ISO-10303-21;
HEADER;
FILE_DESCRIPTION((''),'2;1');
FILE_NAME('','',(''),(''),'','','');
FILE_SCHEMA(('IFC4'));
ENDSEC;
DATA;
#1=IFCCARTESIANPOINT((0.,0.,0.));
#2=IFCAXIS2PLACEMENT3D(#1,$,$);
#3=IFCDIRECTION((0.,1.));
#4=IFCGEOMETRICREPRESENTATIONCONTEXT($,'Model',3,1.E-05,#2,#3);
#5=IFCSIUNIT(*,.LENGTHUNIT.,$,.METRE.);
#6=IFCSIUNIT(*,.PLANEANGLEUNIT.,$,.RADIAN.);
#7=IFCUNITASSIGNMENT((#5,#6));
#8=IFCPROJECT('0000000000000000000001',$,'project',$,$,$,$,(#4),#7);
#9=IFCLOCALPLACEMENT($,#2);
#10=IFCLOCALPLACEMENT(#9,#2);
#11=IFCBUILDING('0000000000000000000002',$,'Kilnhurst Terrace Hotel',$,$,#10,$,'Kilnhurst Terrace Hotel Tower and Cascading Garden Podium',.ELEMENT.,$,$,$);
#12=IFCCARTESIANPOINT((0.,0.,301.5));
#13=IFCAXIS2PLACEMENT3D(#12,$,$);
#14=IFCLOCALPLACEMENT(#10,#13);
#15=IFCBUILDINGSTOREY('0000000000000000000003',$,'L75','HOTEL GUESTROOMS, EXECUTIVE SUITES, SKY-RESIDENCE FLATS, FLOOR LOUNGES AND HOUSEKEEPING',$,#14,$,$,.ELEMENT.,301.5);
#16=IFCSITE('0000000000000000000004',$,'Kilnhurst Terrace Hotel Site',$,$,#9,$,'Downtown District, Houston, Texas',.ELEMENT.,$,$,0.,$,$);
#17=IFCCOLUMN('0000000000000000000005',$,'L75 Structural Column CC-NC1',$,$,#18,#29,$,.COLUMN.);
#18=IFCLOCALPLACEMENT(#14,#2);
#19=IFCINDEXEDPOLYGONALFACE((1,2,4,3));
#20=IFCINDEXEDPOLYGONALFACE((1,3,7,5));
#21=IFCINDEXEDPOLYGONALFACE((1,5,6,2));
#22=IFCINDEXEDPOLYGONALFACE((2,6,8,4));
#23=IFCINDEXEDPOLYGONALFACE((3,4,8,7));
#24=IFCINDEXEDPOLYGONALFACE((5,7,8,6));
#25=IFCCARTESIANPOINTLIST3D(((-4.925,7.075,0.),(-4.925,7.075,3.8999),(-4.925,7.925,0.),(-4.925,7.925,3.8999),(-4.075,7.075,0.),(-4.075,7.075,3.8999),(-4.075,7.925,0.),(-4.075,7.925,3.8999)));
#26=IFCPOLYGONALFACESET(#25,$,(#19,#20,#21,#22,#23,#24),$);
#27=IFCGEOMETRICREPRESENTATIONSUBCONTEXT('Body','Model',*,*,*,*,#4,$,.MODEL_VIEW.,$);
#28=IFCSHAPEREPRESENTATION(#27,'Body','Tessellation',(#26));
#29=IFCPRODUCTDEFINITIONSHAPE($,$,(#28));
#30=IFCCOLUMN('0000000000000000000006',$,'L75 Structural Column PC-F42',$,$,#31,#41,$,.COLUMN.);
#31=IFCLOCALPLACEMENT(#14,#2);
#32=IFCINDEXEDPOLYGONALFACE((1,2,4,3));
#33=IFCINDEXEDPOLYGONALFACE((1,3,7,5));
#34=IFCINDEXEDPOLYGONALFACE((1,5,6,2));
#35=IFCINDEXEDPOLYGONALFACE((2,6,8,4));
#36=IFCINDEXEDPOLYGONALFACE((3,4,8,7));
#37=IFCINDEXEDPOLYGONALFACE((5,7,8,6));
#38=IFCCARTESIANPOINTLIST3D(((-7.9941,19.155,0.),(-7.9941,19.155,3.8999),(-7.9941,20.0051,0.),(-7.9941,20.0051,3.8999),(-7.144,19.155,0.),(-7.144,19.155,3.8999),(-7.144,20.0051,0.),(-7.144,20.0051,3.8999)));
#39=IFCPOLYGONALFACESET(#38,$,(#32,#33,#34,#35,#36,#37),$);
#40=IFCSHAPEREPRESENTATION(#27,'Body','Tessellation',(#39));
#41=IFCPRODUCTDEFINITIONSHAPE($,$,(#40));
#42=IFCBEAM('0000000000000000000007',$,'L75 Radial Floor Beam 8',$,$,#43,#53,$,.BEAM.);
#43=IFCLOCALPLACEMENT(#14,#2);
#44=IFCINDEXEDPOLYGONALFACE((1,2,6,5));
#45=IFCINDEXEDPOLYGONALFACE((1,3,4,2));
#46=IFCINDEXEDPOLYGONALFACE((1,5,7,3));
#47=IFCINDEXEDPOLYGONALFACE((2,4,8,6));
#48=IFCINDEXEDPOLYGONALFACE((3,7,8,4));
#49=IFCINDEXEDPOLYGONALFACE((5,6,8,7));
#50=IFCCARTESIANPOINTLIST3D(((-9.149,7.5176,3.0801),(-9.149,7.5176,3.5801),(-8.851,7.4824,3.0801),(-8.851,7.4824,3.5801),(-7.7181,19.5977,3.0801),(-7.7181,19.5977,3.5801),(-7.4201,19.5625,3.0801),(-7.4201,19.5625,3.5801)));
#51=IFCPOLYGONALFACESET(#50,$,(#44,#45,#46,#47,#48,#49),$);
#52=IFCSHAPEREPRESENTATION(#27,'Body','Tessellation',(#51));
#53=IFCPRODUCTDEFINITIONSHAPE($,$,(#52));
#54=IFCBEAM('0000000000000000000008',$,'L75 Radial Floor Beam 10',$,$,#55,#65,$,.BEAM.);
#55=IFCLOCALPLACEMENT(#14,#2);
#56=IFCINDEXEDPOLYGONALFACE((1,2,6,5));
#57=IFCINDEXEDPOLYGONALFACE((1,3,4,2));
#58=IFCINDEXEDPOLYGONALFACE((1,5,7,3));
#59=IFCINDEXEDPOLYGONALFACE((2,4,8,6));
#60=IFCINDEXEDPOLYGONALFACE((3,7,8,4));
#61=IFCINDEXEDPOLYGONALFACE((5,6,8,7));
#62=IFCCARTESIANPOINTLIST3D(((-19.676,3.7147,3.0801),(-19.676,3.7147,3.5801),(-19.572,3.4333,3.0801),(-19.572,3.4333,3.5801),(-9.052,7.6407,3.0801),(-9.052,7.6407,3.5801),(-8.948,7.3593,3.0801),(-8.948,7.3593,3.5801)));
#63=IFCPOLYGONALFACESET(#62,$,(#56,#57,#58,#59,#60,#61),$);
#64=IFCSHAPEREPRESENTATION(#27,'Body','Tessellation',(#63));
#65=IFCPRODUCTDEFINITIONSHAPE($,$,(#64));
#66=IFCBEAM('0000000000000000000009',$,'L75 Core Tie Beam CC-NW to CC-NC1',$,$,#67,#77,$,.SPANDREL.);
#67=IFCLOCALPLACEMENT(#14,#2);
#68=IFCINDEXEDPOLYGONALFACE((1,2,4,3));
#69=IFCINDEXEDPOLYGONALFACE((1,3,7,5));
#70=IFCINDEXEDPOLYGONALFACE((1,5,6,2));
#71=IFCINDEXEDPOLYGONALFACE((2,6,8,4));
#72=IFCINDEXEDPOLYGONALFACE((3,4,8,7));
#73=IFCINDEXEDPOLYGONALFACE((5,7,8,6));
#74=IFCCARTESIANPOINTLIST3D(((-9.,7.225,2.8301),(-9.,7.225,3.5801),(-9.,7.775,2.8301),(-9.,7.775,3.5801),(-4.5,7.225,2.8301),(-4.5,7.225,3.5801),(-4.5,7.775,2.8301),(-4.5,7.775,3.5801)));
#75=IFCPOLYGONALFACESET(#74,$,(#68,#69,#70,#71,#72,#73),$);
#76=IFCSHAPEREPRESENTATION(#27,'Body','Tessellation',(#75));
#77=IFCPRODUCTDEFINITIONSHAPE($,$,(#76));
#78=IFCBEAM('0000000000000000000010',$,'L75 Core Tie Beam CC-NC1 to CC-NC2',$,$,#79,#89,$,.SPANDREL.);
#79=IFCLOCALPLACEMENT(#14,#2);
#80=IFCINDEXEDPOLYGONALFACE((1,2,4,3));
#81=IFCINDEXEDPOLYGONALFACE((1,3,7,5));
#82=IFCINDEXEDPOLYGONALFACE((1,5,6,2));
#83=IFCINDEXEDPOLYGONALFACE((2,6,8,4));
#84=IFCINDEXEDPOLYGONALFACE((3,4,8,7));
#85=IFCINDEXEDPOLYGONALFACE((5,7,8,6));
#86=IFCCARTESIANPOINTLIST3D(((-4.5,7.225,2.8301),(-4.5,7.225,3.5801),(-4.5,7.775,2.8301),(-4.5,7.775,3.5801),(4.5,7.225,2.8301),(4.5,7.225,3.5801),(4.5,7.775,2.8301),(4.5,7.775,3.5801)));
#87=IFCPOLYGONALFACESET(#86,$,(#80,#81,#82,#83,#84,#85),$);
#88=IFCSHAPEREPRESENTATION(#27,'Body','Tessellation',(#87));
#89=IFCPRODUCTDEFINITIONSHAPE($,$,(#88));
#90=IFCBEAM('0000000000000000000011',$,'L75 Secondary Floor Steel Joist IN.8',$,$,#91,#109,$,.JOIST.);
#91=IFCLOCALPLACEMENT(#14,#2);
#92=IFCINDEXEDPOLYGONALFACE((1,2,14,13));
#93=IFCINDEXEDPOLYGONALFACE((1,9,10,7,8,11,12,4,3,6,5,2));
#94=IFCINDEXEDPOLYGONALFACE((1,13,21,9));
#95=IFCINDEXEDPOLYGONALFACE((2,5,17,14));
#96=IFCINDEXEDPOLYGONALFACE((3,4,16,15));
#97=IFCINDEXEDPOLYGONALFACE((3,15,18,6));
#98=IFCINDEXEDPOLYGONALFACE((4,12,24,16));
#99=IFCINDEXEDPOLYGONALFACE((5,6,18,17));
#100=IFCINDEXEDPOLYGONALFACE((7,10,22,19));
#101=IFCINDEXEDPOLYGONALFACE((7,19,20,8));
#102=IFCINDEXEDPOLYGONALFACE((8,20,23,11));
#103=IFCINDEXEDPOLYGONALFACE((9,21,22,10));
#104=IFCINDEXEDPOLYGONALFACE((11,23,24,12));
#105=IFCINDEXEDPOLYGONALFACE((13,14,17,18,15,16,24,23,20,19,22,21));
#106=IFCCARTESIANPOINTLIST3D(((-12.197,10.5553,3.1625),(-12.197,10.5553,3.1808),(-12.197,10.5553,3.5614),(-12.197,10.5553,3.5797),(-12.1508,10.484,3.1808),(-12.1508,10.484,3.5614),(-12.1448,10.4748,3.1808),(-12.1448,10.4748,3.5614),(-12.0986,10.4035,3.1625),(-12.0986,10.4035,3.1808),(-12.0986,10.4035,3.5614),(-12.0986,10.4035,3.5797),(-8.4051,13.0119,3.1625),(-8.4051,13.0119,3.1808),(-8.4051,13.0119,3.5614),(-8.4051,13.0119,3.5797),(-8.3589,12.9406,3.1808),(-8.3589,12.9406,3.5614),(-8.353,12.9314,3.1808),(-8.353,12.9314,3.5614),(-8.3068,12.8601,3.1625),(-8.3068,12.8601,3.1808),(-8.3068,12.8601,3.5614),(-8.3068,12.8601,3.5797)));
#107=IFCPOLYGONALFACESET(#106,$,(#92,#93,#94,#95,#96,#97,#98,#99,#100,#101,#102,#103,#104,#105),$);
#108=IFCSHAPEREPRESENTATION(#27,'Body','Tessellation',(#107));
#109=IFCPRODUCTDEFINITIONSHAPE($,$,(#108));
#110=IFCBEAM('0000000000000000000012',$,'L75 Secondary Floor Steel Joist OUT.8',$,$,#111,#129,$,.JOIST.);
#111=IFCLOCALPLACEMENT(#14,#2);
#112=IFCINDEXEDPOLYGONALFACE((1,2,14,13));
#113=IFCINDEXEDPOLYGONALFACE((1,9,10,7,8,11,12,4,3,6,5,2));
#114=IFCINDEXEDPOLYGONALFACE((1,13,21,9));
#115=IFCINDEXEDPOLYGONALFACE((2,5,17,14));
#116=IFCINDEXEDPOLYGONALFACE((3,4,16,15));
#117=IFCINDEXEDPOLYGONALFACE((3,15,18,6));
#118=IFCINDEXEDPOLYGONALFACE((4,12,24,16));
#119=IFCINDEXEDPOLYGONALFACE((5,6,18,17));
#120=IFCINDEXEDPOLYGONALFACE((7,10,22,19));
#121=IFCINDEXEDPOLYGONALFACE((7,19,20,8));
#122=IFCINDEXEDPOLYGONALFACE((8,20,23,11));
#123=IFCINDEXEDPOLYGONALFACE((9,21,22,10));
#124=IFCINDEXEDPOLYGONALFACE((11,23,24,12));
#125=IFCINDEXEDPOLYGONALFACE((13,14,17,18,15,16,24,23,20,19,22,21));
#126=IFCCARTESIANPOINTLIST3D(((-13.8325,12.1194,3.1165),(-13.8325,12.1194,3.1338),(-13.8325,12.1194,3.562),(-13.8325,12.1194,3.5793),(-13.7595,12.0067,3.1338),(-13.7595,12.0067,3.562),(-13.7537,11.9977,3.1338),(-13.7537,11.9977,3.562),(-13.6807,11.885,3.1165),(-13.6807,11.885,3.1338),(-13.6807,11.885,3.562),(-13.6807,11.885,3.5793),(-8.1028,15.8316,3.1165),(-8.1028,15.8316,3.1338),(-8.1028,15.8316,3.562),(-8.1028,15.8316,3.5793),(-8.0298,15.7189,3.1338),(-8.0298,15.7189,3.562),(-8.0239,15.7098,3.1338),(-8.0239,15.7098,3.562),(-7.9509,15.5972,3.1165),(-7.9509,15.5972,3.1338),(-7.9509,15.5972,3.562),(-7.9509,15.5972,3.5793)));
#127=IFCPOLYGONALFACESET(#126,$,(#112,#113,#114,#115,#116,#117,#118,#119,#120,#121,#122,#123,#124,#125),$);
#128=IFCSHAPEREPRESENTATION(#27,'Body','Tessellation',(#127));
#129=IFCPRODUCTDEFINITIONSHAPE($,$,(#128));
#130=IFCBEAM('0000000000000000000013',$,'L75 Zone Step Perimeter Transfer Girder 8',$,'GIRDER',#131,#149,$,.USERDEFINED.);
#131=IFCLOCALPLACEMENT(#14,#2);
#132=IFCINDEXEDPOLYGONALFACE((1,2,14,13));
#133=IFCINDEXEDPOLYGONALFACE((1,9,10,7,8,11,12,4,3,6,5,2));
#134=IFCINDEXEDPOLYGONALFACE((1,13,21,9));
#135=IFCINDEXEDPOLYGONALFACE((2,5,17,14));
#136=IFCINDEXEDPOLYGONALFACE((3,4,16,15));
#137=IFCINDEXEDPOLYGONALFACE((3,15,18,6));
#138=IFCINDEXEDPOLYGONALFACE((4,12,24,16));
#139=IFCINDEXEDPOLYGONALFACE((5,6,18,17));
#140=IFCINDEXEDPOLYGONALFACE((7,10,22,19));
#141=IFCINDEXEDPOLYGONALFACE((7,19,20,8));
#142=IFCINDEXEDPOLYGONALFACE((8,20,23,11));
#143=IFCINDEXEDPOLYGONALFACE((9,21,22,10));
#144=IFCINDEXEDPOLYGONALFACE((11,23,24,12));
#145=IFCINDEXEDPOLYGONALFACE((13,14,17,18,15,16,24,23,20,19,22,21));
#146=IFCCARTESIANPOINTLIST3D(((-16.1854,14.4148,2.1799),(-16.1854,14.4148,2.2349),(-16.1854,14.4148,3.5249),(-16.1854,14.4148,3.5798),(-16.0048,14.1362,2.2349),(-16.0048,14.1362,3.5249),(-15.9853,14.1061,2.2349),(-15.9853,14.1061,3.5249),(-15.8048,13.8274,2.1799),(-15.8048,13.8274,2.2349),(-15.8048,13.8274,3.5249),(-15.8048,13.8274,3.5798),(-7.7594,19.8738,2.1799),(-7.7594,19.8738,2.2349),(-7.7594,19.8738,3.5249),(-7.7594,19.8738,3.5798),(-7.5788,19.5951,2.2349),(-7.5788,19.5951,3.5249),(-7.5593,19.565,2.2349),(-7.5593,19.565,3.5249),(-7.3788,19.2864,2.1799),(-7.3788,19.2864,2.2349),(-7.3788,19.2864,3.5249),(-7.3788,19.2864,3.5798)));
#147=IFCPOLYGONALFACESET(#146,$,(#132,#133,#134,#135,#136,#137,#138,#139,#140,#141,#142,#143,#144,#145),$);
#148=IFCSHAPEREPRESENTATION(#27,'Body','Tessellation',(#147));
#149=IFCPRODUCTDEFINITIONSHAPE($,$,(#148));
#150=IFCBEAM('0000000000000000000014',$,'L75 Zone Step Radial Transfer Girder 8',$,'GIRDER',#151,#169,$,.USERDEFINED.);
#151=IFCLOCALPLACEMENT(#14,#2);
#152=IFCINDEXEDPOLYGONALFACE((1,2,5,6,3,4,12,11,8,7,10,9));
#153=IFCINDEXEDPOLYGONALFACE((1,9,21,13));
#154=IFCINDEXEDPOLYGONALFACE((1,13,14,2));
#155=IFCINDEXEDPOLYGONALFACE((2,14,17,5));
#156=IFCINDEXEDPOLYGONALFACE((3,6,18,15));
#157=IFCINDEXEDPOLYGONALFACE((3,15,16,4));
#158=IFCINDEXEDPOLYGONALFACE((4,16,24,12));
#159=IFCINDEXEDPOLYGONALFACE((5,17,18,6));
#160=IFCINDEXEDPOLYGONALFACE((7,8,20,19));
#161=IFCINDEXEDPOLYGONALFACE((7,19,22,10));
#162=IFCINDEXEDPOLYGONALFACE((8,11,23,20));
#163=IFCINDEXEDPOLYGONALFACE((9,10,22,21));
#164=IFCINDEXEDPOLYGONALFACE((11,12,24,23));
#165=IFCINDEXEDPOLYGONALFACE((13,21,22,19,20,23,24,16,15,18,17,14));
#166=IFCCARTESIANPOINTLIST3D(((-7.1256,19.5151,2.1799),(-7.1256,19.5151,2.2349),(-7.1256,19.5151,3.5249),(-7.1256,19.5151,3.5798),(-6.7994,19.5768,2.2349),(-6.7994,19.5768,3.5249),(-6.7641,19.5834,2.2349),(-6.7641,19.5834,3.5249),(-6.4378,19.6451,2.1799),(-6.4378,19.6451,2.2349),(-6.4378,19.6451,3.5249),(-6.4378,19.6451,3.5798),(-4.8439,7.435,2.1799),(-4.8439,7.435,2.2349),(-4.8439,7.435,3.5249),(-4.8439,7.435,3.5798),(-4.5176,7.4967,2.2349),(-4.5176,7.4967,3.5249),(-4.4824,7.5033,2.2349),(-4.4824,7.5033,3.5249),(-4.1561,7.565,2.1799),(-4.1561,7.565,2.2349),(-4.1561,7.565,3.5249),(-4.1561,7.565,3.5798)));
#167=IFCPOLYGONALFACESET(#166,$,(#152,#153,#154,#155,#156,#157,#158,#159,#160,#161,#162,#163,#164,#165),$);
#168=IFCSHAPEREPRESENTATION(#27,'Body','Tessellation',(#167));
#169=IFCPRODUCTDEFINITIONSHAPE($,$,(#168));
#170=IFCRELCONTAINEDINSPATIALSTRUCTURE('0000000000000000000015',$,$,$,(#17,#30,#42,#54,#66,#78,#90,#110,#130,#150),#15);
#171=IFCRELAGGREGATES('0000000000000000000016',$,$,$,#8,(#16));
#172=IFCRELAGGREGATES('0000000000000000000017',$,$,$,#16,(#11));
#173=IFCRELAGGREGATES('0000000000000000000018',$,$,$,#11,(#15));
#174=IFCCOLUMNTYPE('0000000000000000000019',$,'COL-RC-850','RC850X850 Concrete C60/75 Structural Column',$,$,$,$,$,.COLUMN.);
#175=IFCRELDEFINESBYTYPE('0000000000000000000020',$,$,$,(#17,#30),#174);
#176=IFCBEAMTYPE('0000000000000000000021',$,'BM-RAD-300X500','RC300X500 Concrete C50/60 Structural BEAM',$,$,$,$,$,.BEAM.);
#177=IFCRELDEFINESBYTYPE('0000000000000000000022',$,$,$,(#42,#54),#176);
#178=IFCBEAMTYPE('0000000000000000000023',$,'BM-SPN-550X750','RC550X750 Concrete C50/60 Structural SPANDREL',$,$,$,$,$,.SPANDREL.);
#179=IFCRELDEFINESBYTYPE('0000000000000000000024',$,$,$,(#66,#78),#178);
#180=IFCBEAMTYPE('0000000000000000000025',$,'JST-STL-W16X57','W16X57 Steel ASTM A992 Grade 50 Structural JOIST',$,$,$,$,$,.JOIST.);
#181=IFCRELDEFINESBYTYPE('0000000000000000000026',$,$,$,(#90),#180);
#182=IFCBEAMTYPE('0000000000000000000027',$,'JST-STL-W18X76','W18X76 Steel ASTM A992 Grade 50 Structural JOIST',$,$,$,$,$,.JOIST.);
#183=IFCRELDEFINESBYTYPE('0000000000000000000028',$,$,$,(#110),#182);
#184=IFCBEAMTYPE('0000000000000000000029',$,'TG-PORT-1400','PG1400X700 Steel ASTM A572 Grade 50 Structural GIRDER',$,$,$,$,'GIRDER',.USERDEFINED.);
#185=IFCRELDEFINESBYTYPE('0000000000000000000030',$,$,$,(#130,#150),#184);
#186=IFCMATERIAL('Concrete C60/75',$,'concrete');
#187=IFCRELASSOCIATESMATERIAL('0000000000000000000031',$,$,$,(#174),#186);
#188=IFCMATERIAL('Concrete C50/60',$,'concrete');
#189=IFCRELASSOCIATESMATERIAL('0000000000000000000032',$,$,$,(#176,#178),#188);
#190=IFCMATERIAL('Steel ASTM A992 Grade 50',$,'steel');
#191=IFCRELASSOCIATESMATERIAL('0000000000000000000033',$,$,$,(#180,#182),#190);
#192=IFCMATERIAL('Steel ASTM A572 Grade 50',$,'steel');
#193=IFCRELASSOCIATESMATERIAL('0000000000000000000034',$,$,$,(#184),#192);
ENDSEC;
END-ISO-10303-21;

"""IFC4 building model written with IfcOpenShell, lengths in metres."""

from ifc_helpers import new_model, si_unit, direction, frame, origin, origin_2d, place, context, subcontext, project, spatial, rectangle, i_section, extrude, material, material_profile, profile_set, type_object, element, save


model = new_model("IFC4")

# Units and contexts
model_context = context("Model", 3, precision=1e-05, world=origin(), true_north=direction((0.0, 1.0)))
body_context = subcontext(model_context, "Body", "Model", "MODEL_VIEW")
ifc_project = project(units=[si_unit("LENGTHUNIT", "METRE"), si_unit("PLANEANGLEUNIT", "RADIAN")], contexts=[model_context])

# Site, building, storey
site_placement = place(None, origin())
site = spatial("IfcSite", under=ifc_project, at=site_placement, Name="Kilnhurst Terrace Hotel Site", LongName="Downtown District, Houston, Texas", CompositionType="ELEMENT", RefElevation=0.0)
building_placement = place(site_placement, origin())
building = spatial("IfcBuilding", under=site, at=building_placement, Name="Kilnhurst Terrace Hotel", LongName="Kilnhurst Terrace Hotel Tower and Cascading Garden Podium", CompositionType="ELEMENT")
storey_placement = place(building_placement, frame((0.0, 0.0, 301.5)))
storey = spatial("IfcBuildingStorey", under=building, at=storey_placement, Name="L75", Description="HOTEL GUESTROOMS, EXECUTIVE SUITES, SKY-RESIDENCE FLATS, FLOOR LOUNGES AND HOUSEKEEPING", CompositionType="ELEMENT", Elevation=301.5)

# Columns
ifc_material_1 = material(Name="Concrete C60/75", Category="concrete")
ifc_material_profile_1 = material_profile(ifc_material_1, rectangle(XDim=0.8501, YDim=0.8501, at=origin_2d()), Name="RC850X850")
ifc_profile_set_1 = profile_set([ifc_material_profile_1], Name="Concrete C60/75")
column_type = type_object("IfcColumnType", Name="COL-RC-850", Description="RC850X850 Concrete C60/75 Structural Column", PredefinedType="COLUMN", material=ifc_profile_set_1)
for number, where, z_axis, x_axis, name in (
    (1, (-4.5, 7.5, 0.0), (0.0, 0.0, 1.0), (1.0, 0.0, 0.0), "L75 Structural Column CC-NC1"),
    (2, (-7.5691, 19.5801, 0.0), (0.0, 0.0, 1.0), (1.0, 0.0, 0.0), "L75 Structural Column PC-F42"),
):
    element("IfcColumn", number, at=place(storey_placement, frame(where, z_axis=z_axis, x_axis=x_axis)), inside=storey, type_object=column_type, Name=name, PredefinedType="COLUMN", context=body_context, shape_type="SweptSolid", body=[
        extrude(rectangle(XDim=0.8501, YDim=0.8501, at=origin_2d()), origin(), (0.0, 0.0, 1.0), 3.8999),
    ])

# Beams
ifc_material_2 = material(Name="Concrete C50/60", Category="concrete")
ifc_material_profile_2 = material_profile(ifc_material_2, rectangle(XDim=0.3, YDim=0.5, at=origin_2d()), Name="RC300X500")
ifc_profile_set_2 = profile_set([ifc_material_profile_2], Name="Concrete C50/60")
beam_type_1 = type_object("IfcBeamType", Name="BM-RAD-300X500", Description="RC300X500 Concrete C50/60 Structural BEAM", PredefinedType="BEAM", material=ifc_profile_set_2)
beam_1_placement = place(storey_placement, frame((-9.0, 7.5, 3.3301), z_axis=(0.11763, 0.993058, 0.0), x_axis=(-0.993058, 0.11763, 0.0)))
element("IfcBeam", 3, at=beam_1_placement, inside=storey, type_object=beam_type_1, Name="L75 Radial Floor Beam 8", PredefinedType="BEAM", context=body_context, shape_type="SweptSolid", body=[
    extrude(rectangle(XDim=0.3, YDim=0.5, at=origin_2d()), origin(), (0.0, 0.0, 1.0), 12.1646),
])
beam_2_placement = place(storey_placement, frame((-9.0, 7.5, 3.3301), z_axis=(-0.938002, -0.346631, 0.0), x_axis=(0.346631, -0.938002, 0.0)))
element("IfcBeam", 4, at=beam_2_placement, inside=storey, type_object=beam_type_1, Name="L75 Radial Floor Beam 10", PredefinedType="BEAM", context=body_context, shape_type="SweptSolid", body=[
    extrude(rectangle(XDim=0.3, YDim=0.5, at=origin_2d()), origin(), (0.0, 0.0, 1.0), 11.3262),
])
ifc_material_profile_3 = material_profile(ifc_material_2, rectangle(XDim=0.55, YDim=0.75, at=origin_2d()), Name="RC550X750")
ifc_profile_set_3 = profile_set([ifc_material_profile_3], Name="Concrete C50/60")
beam_type_2 = type_object("IfcBeamType", Name="BM-SPN-550X750", Description="RC550X750 Concrete C50/60 Structural SPANDREL", PredefinedType="SPANDREL", material=ifc_profile_set_3)
beam_3_placement = place(storey_placement, frame((-9.0, 7.5, 3.2051), z_axis=(1.0, 0.0, 0.0), x_axis=(0.0, 1.0, 0.0)))
element("IfcBeam", 5, at=beam_3_placement, inside=storey, type_object=beam_type_2, Name="L75 Core Tie Beam CC-NW to CC-NC1", PredefinedType="SPANDREL", context=body_context, shape_type="SweptSolid", body=[
    extrude(rectangle(XDim=0.55, YDim=0.75, at=origin_2d()), origin(), (0.0, 0.0, 1.0), 4.5),
])
beam_4_placement = place(storey_placement, frame((-4.5, 7.5, 3.2051), z_axis=(1.0, 0.0, 0.0), x_axis=(0.0, 1.0, 0.0)))
element("IfcBeam", 6, at=beam_4_placement, inside=storey, type_object=beam_type_2, Name="L75 Core Tie Beam CC-NC1 to CC-NC2", PredefinedType="SPANDREL", context=body_context, shape_type="SweptSolid", body=[
    extrude(rectangle(XDim=0.55, YDim=0.75, at=origin_2d()), origin(), (0.0, 0.0, 1.0), 9.0),
])
ifc_material_3 = material(Name="Steel ASTM A992 Grade 50", Category="steel")
ifc_material_profile_4 = material_profile(ifc_material_3, i_section(OverallWidth=0.1809, OverallDepth=0.4172, WebThickness=0.011, FlangeThickness=0.0183, at=origin_2d()), Name="W16X57")
ifc_profile_set_4 = profile_set([ifc_material_profile_4], Name="Steel ASTM A992 Grade 50")
beam_type_3 = type_object("IfcBeamType", Name="JST-STL-W16X57", Description="W16X57 Steel ASTM A992 Grade 50 Structural JOIST", PredefinedType="JOIST", material=ifc_profile_set_4)
beam_5_placement = place(storey_placement, frame((-8.356, 12.936, 3.3711), z_axis=(-0.839261, -0.543728, 0.0), x_axis=(0.543728, -0.839261, 0.0)))
element("IfcBeam", 7, at=beam_5_placement, inside=storey, type_object=beam_type_3, Name="L75 Secondary Floor Steel Joist IN.8", PredefinedType="JOIST", context=body_context, shape_type="SweptSolid", body=[
    extrude(i_section(OverallWidth=0.1809, OverallDepth=0.4172, WebThickness=0.011, FlangeThickness=0.0183, at=origin_2d()), origin(), (0.0, 0.0, 1.0), 4.5181),
])
ifc_material_profile_5 = material_profile(ifc_material_3, i_section(OverallWidth=0.2793, OverallDepth=0.4629, WebThickness=0.0107, FlangeThickness=0.0173, at=origin_2d()), Name="W18X76")
ifc_profile_set_5 = profile_set([ifc_material_profile_5], Name="Steel ASTM A992 Grade 50")
beam_type_4 = type_object("IfcBeamType", Name="JST-STL-W18X76", Description="W18X76 Steel ASTM A992 Grade 50 Structural JOIST", PredefinedType="JOIST", material=ifc_profile_set_5)
beam_6_placement = place(storey_placement, frame((-8.0269, 15.7144, 3.3479), z_axis=(-0.839257, -0.543735, 0.0), x_axis=(0.543735, -0.839257, 0.0)))
element("IfcBeam", 8, at=beam_6_placement, inside=storey, type_object=beam_type_4, Name="L75 Secondary Floor Steel Joist OUT.8", PredefinedType="JOIST", context=body_context, shape_type="SweptSolid", body=[
    extrude(i_section(OverallWidth=0.2793, OverallDepth=0.4629, WebThickness=0.0107, FlangeThickness=0.0173, at=origin_2d()), origin(), (0.0, 0.0, 1.0), 6.8271),
])
ifc_material_4 = material(Name="Steel ASTM A572 Grade 50", Category="steel")
ifc_material_profile_6 = material_profile(ifc_material_4, i_section(OverallWidth=0.7, OverallDepth=1.3999, WebThickness=0.0359, FlangeThickness=0.0549, at=origin_2d()), Name="PG1400X700")
ifc_profile_set_6 = profile_set([ifc_material_profile_6], Name="Steel ASTM A572 Grade 50")
beam_type_5 = type_object("IfcBeamType", Name="TG-PORT-1400", Description="PG1400X700 Steel ASTM A572 Grade 50 Structural GIRDER", ElementType="GIRDER", PredefinedType="USERDEFINED", material=ifc_profile_set_6)
beam_7_placement = place(storey_placement, frame((-7.5691, 19.5801, 2.8799), z_axis=(-0.839259, -0.543732, 0.0), x_axis=(0.543732, -0.839259, 0.0)))
element("IfcBeam", 9, at=beam_7_placement, inside=storey, type_object=beam_type_5, Name="L75 Zone Step Perimeter Transfer Girder 8", ObjectType="GIRDER", PredefinedType="USERDEFINED", context=body_context, shape_type="SweptSolid", body=[
    extrude(i_section(OverallWidth=0.7, OverallDepth=1.3999, WebThickness=0.0359, FlangeThickness=0.0549, at=origin_2d()), origin(), (0.0, 0.0, 1.0), 10.0398),
])
beam_8_placement = place(storey_placement, frame((-4.5, 7.5, 2.8799), z_axis=(-0.185603, 0.982625, 0.0), x_axis=(-0.982625, -0.185603, 0.0)))
element("IfcBeam", 10, at=beam_8_placement, inside=storey, type_object=beam_type_5, Name="L75 Zone Step Radial Transfer Girder 8", ObjectType="GIRDER", PredefinedType="USERDEFINED", context=body_context, shape_type="SweptSolid", body=[
    extrude(i_section(OverallWidth=0.7, OverallDepth=1.3999, WebThickness=0.0359, FlangeThickness=0.0549, at=origin_2d()), origin(), (0.0, 0.0, 1.0), 12.2937),
])

save(model, "model.ifc")
